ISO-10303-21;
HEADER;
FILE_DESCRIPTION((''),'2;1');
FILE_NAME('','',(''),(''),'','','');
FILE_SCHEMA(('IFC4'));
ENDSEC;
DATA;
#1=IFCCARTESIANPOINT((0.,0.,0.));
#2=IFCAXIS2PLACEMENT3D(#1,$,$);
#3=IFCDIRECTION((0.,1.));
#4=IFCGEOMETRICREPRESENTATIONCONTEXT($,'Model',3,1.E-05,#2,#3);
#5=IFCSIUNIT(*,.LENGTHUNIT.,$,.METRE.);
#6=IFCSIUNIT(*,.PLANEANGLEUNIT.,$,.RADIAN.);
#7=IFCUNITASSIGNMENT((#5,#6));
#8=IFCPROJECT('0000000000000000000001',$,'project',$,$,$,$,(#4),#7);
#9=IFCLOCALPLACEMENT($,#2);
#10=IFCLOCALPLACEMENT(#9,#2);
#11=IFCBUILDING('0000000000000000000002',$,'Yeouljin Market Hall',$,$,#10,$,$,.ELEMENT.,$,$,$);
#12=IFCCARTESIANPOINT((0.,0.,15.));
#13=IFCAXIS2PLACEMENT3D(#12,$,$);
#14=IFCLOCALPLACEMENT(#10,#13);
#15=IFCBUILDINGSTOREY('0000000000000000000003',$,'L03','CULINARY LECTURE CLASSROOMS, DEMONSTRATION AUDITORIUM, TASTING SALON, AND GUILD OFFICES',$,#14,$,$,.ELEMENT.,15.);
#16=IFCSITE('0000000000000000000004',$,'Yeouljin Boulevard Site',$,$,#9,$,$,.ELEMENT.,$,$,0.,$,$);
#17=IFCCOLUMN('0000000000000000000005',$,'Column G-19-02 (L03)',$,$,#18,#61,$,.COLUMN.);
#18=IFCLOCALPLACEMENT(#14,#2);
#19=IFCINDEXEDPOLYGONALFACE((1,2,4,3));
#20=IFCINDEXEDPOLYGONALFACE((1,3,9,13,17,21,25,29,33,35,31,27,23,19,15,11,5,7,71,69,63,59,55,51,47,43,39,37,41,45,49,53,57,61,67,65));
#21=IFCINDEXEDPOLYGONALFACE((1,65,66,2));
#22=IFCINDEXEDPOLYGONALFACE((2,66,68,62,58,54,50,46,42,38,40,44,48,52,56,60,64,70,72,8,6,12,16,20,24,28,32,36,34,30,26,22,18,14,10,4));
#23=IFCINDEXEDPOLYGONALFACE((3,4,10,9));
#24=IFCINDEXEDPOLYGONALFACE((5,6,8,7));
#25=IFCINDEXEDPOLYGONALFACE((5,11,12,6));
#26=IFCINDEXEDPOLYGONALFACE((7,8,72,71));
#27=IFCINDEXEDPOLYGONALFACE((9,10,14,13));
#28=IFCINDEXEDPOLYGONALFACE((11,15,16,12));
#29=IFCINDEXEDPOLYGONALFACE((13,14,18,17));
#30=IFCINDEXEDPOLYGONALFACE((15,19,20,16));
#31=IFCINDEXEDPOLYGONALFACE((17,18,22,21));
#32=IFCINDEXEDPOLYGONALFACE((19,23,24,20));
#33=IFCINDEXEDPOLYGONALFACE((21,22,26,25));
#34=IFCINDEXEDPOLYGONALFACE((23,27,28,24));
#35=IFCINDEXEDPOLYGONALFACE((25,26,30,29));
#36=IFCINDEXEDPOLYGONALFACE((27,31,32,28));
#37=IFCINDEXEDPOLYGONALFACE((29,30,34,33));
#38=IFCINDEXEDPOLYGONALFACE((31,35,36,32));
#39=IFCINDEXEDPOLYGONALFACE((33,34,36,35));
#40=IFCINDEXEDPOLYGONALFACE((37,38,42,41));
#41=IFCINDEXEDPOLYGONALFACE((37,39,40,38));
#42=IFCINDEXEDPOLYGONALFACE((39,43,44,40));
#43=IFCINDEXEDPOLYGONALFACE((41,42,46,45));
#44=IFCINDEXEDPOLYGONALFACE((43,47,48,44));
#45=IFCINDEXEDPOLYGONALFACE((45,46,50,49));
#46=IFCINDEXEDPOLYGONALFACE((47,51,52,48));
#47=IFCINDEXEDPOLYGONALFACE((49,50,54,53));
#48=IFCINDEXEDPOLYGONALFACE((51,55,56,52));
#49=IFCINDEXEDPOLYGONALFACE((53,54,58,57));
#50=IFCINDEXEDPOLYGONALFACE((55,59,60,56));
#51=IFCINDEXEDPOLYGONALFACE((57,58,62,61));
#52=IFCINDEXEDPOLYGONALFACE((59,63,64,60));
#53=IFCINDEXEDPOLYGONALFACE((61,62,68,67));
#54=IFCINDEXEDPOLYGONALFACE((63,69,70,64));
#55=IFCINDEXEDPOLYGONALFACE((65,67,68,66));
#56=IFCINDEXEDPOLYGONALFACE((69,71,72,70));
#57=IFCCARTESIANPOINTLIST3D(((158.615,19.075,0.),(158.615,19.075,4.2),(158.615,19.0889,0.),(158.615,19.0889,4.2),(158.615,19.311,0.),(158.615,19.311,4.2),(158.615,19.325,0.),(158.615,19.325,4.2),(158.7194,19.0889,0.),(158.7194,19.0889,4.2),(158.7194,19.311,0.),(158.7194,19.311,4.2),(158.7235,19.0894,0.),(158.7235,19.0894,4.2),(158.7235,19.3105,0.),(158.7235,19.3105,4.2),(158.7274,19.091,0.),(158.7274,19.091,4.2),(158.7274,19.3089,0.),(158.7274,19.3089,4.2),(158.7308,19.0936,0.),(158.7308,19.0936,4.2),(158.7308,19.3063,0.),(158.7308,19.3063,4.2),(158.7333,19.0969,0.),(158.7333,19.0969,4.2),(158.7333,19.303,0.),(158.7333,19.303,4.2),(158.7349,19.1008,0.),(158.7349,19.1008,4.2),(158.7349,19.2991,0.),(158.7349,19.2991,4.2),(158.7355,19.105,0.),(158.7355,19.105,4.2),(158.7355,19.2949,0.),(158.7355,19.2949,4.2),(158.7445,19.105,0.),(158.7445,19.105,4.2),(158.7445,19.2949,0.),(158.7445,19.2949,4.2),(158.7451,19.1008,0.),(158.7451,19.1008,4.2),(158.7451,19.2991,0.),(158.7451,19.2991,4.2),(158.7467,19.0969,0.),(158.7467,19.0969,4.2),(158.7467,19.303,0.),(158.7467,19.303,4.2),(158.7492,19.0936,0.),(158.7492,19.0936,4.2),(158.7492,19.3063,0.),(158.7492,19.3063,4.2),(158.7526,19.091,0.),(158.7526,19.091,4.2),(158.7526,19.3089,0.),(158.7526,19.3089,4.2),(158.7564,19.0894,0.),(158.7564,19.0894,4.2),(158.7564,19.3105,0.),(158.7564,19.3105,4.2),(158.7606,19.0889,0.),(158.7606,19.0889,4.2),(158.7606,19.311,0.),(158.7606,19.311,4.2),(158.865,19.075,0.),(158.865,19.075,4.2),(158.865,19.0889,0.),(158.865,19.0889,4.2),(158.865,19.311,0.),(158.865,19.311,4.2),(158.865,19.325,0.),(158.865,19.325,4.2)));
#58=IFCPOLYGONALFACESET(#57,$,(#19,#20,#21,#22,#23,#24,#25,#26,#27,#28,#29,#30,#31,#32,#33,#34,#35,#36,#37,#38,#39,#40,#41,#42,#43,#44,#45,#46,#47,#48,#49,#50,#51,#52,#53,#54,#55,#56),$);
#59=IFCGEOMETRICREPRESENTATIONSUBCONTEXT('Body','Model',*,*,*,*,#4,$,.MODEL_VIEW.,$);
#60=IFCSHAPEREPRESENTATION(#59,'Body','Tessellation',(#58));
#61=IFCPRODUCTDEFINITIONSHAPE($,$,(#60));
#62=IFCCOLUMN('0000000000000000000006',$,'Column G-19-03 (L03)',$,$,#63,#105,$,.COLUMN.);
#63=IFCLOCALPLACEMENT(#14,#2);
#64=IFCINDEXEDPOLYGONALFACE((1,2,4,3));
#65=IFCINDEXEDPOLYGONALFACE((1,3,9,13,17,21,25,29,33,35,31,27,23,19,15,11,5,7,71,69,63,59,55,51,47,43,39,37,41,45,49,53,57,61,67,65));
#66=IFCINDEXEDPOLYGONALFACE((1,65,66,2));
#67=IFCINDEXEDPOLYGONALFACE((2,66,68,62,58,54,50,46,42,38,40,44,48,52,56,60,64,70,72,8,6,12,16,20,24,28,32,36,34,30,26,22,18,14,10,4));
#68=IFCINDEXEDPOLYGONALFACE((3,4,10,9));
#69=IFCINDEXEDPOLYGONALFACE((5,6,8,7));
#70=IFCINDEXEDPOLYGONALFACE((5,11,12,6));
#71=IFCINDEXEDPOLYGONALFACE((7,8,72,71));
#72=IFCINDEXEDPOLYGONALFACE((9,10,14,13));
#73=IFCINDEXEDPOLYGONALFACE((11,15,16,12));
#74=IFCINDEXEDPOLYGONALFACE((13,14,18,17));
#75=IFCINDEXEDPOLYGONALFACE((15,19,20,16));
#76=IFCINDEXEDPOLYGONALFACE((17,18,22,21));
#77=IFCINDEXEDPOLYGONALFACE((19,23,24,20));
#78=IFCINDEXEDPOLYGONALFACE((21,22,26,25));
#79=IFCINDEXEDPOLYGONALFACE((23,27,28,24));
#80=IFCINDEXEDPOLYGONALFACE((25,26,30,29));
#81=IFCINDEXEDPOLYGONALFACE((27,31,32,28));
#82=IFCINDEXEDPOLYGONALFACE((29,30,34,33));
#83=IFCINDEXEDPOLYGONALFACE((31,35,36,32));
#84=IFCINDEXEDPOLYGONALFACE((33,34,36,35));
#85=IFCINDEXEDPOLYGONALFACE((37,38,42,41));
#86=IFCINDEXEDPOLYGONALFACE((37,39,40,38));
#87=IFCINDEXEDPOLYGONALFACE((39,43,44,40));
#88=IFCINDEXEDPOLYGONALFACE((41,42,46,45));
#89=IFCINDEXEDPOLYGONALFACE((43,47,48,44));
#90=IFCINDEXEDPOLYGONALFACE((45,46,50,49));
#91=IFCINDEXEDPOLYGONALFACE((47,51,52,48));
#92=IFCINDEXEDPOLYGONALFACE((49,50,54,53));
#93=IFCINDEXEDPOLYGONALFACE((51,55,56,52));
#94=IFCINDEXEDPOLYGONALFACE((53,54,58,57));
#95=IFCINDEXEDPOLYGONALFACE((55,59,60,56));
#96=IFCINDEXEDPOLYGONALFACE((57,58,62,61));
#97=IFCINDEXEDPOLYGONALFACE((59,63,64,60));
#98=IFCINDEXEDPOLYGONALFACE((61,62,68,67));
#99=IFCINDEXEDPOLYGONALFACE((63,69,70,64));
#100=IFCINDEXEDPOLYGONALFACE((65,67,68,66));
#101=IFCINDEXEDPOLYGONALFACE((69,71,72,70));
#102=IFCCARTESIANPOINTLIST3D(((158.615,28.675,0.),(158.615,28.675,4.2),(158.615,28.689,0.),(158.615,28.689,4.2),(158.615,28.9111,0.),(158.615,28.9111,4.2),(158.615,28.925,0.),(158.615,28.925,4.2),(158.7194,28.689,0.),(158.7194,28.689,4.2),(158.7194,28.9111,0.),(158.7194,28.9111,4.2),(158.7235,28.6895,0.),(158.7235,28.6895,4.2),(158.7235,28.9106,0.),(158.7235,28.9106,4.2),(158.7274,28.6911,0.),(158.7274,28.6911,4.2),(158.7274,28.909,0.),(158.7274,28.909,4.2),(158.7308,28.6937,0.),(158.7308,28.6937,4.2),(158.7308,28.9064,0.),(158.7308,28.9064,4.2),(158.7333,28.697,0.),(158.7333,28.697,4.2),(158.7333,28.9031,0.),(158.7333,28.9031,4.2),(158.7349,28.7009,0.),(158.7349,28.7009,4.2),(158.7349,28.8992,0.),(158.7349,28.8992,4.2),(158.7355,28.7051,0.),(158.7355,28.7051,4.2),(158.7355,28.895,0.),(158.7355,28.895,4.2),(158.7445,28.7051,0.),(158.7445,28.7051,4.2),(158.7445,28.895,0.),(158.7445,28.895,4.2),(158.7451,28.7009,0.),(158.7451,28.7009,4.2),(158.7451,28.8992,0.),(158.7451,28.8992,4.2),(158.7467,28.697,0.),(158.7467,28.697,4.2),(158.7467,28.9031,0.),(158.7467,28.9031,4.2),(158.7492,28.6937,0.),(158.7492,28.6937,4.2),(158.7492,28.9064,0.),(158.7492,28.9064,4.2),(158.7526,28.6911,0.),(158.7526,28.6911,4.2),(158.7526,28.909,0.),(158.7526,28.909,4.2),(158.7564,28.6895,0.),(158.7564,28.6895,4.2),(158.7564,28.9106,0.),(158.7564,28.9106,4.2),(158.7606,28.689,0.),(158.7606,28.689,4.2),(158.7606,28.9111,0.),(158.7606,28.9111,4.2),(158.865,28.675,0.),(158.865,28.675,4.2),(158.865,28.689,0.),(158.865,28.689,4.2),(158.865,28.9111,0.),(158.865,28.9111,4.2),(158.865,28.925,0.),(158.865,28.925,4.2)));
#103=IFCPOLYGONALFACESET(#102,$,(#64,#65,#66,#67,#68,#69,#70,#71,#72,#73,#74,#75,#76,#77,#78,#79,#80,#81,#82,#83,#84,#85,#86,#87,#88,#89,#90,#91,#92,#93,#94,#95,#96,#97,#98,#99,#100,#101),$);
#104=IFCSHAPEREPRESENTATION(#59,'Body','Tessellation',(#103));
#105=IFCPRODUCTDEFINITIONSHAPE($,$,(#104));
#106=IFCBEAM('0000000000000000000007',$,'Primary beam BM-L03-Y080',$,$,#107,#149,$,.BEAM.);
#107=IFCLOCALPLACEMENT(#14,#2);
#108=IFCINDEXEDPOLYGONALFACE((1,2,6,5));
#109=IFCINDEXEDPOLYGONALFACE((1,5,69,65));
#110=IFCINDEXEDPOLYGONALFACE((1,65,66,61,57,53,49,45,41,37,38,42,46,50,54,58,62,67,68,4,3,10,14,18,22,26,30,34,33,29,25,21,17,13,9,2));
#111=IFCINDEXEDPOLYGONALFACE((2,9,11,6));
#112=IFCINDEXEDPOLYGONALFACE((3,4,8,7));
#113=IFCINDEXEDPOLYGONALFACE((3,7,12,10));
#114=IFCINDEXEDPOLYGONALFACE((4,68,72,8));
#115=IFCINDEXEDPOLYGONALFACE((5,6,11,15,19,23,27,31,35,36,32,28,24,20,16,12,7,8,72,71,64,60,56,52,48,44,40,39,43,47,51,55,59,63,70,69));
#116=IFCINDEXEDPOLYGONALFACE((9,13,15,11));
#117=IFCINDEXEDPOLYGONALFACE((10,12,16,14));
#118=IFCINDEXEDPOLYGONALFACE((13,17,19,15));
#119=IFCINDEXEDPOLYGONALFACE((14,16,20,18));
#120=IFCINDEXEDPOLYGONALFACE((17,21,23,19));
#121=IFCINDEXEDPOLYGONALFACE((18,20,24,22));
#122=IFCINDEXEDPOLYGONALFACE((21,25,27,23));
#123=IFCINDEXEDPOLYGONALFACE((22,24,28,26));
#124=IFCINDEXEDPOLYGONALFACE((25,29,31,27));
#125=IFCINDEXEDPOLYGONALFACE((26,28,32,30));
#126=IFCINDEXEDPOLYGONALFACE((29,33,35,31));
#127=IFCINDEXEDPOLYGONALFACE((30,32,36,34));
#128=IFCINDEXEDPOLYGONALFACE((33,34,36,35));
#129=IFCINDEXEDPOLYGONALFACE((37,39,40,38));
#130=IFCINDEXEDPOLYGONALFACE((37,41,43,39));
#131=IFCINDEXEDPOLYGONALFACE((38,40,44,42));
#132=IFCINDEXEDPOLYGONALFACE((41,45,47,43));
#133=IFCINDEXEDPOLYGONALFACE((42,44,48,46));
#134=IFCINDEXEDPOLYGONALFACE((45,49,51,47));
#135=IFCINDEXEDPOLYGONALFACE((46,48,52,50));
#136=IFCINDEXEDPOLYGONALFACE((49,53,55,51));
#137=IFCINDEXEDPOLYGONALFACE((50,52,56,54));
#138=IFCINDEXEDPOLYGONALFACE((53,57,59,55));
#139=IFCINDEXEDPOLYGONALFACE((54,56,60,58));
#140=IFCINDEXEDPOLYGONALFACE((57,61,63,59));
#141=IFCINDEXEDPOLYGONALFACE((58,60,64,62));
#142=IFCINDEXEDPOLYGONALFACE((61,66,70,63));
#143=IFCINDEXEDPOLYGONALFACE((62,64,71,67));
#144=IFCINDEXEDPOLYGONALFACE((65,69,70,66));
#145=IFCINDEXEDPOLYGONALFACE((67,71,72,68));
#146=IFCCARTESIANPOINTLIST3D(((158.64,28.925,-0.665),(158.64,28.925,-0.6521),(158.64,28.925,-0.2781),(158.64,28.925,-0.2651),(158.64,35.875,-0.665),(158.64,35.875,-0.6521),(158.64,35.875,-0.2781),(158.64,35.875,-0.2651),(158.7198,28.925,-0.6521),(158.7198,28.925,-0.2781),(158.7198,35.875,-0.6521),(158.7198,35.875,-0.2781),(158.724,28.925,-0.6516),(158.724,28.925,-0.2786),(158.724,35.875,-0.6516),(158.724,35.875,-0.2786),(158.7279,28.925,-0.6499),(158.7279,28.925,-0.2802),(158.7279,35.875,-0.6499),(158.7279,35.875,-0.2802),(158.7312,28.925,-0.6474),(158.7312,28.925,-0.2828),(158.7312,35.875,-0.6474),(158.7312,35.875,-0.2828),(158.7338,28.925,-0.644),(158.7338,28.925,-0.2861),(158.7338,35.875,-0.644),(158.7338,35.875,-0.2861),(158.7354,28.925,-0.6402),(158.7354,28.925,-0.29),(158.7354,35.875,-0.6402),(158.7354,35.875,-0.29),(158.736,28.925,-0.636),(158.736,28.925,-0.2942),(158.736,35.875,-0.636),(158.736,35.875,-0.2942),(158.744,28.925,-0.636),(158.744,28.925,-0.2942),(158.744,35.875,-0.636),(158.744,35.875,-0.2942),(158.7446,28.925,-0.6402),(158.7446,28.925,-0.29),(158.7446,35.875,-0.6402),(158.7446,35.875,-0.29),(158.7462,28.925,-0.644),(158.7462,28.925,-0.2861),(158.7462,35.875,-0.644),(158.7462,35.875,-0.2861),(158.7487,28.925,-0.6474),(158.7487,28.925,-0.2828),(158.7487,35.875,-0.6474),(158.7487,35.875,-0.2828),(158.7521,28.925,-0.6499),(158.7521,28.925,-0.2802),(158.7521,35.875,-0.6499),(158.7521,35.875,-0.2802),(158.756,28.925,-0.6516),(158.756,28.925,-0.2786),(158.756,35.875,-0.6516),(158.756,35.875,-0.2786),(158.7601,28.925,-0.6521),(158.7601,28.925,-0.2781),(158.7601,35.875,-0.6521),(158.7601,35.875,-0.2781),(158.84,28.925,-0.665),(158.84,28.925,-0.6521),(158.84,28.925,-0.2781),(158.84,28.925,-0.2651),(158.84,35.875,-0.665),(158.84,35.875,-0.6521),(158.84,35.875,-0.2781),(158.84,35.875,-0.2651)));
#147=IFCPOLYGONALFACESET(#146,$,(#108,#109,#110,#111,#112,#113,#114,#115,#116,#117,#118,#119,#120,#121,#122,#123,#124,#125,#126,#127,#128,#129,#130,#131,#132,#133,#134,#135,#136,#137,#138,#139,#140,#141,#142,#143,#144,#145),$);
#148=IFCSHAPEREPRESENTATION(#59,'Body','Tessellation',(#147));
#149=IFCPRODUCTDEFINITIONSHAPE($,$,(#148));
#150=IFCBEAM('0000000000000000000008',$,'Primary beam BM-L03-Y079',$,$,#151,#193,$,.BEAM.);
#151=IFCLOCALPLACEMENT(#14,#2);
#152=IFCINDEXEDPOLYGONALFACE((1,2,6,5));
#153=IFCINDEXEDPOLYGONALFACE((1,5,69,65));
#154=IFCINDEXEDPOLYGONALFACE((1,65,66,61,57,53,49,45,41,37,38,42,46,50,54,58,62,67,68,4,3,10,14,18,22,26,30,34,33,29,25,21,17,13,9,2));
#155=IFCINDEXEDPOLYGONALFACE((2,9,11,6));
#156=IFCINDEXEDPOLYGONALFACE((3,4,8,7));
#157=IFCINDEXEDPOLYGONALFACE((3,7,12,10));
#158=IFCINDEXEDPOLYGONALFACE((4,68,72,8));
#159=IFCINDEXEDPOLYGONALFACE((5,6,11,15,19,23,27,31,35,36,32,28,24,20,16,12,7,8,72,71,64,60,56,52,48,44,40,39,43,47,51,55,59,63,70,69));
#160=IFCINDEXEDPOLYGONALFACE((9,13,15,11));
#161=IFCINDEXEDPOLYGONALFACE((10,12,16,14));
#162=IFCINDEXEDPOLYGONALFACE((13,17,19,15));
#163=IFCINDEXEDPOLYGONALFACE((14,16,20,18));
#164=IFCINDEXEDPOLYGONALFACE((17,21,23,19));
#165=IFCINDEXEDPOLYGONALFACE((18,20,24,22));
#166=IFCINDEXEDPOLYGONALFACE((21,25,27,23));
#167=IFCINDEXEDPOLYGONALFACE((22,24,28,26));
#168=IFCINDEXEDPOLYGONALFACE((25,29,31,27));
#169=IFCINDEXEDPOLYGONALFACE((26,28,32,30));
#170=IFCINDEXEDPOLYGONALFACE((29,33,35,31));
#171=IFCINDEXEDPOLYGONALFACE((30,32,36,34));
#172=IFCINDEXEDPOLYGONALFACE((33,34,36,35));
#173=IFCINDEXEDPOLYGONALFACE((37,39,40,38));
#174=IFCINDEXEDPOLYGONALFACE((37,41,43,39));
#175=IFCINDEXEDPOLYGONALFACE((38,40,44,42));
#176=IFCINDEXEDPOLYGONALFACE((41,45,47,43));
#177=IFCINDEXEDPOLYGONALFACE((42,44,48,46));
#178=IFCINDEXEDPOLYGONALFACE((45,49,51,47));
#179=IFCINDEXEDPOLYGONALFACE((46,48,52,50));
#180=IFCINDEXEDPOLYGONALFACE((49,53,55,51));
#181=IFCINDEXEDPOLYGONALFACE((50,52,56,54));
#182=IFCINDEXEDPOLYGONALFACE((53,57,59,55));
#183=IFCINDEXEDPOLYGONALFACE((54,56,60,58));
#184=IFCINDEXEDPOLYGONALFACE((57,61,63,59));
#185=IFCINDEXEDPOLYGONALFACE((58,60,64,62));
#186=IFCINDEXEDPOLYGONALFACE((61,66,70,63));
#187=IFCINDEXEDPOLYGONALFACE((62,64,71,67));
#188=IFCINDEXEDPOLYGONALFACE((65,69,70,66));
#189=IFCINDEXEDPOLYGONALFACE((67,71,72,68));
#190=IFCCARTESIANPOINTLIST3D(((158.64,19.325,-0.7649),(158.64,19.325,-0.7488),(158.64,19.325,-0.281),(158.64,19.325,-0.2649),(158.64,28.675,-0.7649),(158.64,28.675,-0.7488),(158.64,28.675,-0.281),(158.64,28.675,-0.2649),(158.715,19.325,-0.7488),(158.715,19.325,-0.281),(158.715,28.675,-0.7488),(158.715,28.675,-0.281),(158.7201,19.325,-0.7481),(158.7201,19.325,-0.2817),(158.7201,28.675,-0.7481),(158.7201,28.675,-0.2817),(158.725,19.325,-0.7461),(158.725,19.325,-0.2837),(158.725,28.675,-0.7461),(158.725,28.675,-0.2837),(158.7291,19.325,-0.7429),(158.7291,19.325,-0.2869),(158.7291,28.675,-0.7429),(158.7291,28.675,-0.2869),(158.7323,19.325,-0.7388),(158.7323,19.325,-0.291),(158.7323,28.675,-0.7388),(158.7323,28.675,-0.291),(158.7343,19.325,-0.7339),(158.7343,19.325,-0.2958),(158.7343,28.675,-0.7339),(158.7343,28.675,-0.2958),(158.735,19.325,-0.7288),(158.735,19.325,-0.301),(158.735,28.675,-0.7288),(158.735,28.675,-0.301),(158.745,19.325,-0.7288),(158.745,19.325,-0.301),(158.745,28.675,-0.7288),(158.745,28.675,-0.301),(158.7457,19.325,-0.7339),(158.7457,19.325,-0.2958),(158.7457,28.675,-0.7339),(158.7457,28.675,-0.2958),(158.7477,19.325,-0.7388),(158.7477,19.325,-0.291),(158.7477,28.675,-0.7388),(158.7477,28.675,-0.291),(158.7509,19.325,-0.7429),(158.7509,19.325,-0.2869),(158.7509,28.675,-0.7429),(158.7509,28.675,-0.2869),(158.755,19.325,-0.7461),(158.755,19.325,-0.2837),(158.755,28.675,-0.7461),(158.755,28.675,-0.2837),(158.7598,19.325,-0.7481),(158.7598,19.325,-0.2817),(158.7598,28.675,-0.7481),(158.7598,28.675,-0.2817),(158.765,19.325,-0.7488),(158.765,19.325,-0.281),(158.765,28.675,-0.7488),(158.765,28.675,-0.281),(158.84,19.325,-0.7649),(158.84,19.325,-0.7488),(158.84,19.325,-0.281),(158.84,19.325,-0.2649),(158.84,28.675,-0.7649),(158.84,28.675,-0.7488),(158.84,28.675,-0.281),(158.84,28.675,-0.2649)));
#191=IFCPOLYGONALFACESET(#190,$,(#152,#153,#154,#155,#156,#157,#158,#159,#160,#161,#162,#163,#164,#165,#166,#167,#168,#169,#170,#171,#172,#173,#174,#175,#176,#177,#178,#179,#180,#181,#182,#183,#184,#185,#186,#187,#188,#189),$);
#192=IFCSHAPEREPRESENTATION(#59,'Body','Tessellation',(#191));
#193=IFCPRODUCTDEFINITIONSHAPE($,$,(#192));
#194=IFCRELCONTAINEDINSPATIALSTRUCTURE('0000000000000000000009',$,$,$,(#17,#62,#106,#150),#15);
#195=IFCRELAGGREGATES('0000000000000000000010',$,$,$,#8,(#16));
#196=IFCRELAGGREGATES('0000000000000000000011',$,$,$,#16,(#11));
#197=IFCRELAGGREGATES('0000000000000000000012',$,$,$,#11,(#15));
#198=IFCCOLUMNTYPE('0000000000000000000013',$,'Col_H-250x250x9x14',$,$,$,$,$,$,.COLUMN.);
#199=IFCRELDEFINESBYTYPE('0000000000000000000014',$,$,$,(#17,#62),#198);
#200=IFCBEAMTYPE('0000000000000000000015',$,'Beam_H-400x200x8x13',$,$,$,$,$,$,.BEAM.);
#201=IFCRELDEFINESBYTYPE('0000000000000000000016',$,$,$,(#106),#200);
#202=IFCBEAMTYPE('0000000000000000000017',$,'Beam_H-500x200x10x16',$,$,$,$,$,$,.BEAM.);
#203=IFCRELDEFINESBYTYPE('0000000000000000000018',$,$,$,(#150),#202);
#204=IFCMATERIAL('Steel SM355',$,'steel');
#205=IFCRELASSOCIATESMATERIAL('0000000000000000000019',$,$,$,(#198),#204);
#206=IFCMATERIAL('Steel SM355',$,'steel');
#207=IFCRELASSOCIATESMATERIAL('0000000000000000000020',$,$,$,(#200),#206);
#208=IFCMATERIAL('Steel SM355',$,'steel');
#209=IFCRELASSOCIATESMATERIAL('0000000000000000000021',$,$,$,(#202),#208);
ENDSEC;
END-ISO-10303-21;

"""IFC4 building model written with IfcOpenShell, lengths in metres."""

from ifc_helpers import new_model, si_unit, direction, frame, origin, origin_2d, place, context, subcontext, project, spatial, i_section, extrude, material, material_profile, profile_set, type_object, element, save


model = new_model("IFC4")

# Units and contexts
model_context = context("Model", 3, precision=1e-05, world=origin(), true_north=direction((0.0, 1.0)))
body_context = subcontext(model_context, "Body", "Model", "MODEL_VIEW")
ifc_project = project(units=[si_unit("LENGTHUNIT", "METRE"), si_unit("PLANEANGLEUNIT", "RADIAN")], contexts=[model_context])

# Site, building, storey
site_placement = place(None, origin())
site = spatial("IfcSite", under=ifc_project, at=site_placement, Name="Yeouljin Boulevard Site", CompositionType="ELEMENT", RefElevation=0.0)
building_placement = place(site_placement, origin())
building = spatial("IfcBuilding", under=site, at=building_placement, Name="Yeouljin Market Hall", CompositionType="ELEMENT")
storey_placement = place(building_placement, frame((0.0, 0.0, 15.0)))
storey = spatial("IfcBuildingStorey", under=building, at=storey_placement, Name="L03", Description="CULINARY LECTURE CLASSROOMS, DEMONSTRATION AUDITORIUM, TASTING SALON, AND GUILD OFFICES", CompositionType="ELEMENT", Elevation=15.0)

# Columns
ifc_material_1 = material(Name="Steel SM355", Category="steel")
ifc_material_profile_1 = material_profile(ifc_material_1, i_section(OverallWidth=0.25, OverallDepth=0.25, WebThickness=0.009, FlangeThickness=0.0139, FilletRadius=0.0161, at=origin_2d()), Name="H-250x250x9x14")
ifc_profile_set_1 = profile_set([ifc_material_profile_1], Name="Steel SM355")
column_type = type_object("IfcColumnType", Name="Col_H-250x250x9x14", PredefinedType="COLUMN", material=ifc_profile_set_1)
for number, where, z_axis, x_axis, name in (
    (1, (158.74, 19.2, 0.0), (0.0, 0.0, 1.0), (1.0, 0.0, 0.0), "Column G-19-02 (L03)"),
    (2, (158.74, 28.8, 0.0), (0.0, 0.0, 1.0), (1.0, 0.0, 0.0), "Column G-19-03 (L03)"),
):
    element("IfcColumn", number, at=place(storey_placement, frame(where, z_axis=z_axis, x_axis=x_axis)), inside=storey, type_object=column_type, Name=name, PredefinedType="COLUMN", context=body_context, shape_type="SweptSolid", body=[
        extrude(i_section(OverallWidth=0.25, OverallDepth=0.25, WebThickness=0.009, FlangeThickness=0.0139, FilletRadius=0.0161, at=origin_2d()), origin(), (0.0, 0.0, 1.0), 4.2),
    ])

# Beams
ifc_material_2 = material(Name="Steel SM355", Category="steel")
ifc_material_profile_2 = material_profile(ifc_material_2, i_section(OverallWidth=0.2, OverallDepth=0.3999, WebThickness=0.0081, FlangeThickness=0.0129, FilletRadius=0.0161, at=origin_2d()), Name="H-400x200x8x13")
ifc_profile_set_2 = profile_set([ifc_material_profile_2], Name="Steel SM355")
beam_type_1 = type_object("IfcBeamType", Name="Beam_H-400x200x8x13", PredefinedType="BEAM", material=ifc_profile_set_2)
beam_1_placement = place(storey_placement, frame((158.74, 28.925, -0.4651), z_axis=(0.0, 1.0, 0.0), x_axis=(-1.0, 0.0, 0.0)))
element("IfcBeam", 3, at=beam_1_placement, inside=storey, type_object=beam_type_1, Name="Primary beam BM-L03-Y080", PredefinedType="BEAM", context=body_context, shape_type="SweptSolid", body=[
    extrude(i_section(OverallWidth=0.2, OverallDepth=0.3999, WebThickness=0.0081, FlangeThickness=0.0129, FilletRadius=0.0161, at=origin_2d()), origin(), (0.0, 0.0, 1.0), 6.95),
])
ifc_material_3 = material(Name="Steel SM355", Category="steel")
ifc_material_profile_3 = material_profile(ifc_material_3, i_section(OverallWidth=0.2, OverallDepth=0.5, WebThickness=0.01, FlangeThickness=0.0161, FilletRadius=0.02, at=origin_2d()), Name="H-500x200x10x16")
ifc_profile_set_3 = profile_set([ifc_material_profile_3], Name="Steel SM355")
beam_type_2 = type_object("IfcBeamType", Name="Beam_H-500x200x10x16", PredefinedType="BEAM", material=ifc_profile_set_3)
beam_2_placement = place(storey_placement, frame((158.74, 19.325, -0.5149), z_axis=(0.0, 1.0, 0.0), x_axis=(-1.0, 0.0, 0.0)))
element("IfcBeam", 4, at=beam_2_placement, inside=storey, type_object=beam_type_2, Name="Primary beam BM-L03-Y079", PredefinedType="BEAM", context=body_context, shape_type="SweptSolid", body=[
    extrude(i_section(OverallWidth=0.2, OverallDepth=0.5, WebThickness=0.01, FlangeThickness=0.0161, FilletRadius=0.02, at=origin_2d()), origin(), (0.0, 0.0, 1.0), 9.3501),
])

save(model, "model.ifc")
